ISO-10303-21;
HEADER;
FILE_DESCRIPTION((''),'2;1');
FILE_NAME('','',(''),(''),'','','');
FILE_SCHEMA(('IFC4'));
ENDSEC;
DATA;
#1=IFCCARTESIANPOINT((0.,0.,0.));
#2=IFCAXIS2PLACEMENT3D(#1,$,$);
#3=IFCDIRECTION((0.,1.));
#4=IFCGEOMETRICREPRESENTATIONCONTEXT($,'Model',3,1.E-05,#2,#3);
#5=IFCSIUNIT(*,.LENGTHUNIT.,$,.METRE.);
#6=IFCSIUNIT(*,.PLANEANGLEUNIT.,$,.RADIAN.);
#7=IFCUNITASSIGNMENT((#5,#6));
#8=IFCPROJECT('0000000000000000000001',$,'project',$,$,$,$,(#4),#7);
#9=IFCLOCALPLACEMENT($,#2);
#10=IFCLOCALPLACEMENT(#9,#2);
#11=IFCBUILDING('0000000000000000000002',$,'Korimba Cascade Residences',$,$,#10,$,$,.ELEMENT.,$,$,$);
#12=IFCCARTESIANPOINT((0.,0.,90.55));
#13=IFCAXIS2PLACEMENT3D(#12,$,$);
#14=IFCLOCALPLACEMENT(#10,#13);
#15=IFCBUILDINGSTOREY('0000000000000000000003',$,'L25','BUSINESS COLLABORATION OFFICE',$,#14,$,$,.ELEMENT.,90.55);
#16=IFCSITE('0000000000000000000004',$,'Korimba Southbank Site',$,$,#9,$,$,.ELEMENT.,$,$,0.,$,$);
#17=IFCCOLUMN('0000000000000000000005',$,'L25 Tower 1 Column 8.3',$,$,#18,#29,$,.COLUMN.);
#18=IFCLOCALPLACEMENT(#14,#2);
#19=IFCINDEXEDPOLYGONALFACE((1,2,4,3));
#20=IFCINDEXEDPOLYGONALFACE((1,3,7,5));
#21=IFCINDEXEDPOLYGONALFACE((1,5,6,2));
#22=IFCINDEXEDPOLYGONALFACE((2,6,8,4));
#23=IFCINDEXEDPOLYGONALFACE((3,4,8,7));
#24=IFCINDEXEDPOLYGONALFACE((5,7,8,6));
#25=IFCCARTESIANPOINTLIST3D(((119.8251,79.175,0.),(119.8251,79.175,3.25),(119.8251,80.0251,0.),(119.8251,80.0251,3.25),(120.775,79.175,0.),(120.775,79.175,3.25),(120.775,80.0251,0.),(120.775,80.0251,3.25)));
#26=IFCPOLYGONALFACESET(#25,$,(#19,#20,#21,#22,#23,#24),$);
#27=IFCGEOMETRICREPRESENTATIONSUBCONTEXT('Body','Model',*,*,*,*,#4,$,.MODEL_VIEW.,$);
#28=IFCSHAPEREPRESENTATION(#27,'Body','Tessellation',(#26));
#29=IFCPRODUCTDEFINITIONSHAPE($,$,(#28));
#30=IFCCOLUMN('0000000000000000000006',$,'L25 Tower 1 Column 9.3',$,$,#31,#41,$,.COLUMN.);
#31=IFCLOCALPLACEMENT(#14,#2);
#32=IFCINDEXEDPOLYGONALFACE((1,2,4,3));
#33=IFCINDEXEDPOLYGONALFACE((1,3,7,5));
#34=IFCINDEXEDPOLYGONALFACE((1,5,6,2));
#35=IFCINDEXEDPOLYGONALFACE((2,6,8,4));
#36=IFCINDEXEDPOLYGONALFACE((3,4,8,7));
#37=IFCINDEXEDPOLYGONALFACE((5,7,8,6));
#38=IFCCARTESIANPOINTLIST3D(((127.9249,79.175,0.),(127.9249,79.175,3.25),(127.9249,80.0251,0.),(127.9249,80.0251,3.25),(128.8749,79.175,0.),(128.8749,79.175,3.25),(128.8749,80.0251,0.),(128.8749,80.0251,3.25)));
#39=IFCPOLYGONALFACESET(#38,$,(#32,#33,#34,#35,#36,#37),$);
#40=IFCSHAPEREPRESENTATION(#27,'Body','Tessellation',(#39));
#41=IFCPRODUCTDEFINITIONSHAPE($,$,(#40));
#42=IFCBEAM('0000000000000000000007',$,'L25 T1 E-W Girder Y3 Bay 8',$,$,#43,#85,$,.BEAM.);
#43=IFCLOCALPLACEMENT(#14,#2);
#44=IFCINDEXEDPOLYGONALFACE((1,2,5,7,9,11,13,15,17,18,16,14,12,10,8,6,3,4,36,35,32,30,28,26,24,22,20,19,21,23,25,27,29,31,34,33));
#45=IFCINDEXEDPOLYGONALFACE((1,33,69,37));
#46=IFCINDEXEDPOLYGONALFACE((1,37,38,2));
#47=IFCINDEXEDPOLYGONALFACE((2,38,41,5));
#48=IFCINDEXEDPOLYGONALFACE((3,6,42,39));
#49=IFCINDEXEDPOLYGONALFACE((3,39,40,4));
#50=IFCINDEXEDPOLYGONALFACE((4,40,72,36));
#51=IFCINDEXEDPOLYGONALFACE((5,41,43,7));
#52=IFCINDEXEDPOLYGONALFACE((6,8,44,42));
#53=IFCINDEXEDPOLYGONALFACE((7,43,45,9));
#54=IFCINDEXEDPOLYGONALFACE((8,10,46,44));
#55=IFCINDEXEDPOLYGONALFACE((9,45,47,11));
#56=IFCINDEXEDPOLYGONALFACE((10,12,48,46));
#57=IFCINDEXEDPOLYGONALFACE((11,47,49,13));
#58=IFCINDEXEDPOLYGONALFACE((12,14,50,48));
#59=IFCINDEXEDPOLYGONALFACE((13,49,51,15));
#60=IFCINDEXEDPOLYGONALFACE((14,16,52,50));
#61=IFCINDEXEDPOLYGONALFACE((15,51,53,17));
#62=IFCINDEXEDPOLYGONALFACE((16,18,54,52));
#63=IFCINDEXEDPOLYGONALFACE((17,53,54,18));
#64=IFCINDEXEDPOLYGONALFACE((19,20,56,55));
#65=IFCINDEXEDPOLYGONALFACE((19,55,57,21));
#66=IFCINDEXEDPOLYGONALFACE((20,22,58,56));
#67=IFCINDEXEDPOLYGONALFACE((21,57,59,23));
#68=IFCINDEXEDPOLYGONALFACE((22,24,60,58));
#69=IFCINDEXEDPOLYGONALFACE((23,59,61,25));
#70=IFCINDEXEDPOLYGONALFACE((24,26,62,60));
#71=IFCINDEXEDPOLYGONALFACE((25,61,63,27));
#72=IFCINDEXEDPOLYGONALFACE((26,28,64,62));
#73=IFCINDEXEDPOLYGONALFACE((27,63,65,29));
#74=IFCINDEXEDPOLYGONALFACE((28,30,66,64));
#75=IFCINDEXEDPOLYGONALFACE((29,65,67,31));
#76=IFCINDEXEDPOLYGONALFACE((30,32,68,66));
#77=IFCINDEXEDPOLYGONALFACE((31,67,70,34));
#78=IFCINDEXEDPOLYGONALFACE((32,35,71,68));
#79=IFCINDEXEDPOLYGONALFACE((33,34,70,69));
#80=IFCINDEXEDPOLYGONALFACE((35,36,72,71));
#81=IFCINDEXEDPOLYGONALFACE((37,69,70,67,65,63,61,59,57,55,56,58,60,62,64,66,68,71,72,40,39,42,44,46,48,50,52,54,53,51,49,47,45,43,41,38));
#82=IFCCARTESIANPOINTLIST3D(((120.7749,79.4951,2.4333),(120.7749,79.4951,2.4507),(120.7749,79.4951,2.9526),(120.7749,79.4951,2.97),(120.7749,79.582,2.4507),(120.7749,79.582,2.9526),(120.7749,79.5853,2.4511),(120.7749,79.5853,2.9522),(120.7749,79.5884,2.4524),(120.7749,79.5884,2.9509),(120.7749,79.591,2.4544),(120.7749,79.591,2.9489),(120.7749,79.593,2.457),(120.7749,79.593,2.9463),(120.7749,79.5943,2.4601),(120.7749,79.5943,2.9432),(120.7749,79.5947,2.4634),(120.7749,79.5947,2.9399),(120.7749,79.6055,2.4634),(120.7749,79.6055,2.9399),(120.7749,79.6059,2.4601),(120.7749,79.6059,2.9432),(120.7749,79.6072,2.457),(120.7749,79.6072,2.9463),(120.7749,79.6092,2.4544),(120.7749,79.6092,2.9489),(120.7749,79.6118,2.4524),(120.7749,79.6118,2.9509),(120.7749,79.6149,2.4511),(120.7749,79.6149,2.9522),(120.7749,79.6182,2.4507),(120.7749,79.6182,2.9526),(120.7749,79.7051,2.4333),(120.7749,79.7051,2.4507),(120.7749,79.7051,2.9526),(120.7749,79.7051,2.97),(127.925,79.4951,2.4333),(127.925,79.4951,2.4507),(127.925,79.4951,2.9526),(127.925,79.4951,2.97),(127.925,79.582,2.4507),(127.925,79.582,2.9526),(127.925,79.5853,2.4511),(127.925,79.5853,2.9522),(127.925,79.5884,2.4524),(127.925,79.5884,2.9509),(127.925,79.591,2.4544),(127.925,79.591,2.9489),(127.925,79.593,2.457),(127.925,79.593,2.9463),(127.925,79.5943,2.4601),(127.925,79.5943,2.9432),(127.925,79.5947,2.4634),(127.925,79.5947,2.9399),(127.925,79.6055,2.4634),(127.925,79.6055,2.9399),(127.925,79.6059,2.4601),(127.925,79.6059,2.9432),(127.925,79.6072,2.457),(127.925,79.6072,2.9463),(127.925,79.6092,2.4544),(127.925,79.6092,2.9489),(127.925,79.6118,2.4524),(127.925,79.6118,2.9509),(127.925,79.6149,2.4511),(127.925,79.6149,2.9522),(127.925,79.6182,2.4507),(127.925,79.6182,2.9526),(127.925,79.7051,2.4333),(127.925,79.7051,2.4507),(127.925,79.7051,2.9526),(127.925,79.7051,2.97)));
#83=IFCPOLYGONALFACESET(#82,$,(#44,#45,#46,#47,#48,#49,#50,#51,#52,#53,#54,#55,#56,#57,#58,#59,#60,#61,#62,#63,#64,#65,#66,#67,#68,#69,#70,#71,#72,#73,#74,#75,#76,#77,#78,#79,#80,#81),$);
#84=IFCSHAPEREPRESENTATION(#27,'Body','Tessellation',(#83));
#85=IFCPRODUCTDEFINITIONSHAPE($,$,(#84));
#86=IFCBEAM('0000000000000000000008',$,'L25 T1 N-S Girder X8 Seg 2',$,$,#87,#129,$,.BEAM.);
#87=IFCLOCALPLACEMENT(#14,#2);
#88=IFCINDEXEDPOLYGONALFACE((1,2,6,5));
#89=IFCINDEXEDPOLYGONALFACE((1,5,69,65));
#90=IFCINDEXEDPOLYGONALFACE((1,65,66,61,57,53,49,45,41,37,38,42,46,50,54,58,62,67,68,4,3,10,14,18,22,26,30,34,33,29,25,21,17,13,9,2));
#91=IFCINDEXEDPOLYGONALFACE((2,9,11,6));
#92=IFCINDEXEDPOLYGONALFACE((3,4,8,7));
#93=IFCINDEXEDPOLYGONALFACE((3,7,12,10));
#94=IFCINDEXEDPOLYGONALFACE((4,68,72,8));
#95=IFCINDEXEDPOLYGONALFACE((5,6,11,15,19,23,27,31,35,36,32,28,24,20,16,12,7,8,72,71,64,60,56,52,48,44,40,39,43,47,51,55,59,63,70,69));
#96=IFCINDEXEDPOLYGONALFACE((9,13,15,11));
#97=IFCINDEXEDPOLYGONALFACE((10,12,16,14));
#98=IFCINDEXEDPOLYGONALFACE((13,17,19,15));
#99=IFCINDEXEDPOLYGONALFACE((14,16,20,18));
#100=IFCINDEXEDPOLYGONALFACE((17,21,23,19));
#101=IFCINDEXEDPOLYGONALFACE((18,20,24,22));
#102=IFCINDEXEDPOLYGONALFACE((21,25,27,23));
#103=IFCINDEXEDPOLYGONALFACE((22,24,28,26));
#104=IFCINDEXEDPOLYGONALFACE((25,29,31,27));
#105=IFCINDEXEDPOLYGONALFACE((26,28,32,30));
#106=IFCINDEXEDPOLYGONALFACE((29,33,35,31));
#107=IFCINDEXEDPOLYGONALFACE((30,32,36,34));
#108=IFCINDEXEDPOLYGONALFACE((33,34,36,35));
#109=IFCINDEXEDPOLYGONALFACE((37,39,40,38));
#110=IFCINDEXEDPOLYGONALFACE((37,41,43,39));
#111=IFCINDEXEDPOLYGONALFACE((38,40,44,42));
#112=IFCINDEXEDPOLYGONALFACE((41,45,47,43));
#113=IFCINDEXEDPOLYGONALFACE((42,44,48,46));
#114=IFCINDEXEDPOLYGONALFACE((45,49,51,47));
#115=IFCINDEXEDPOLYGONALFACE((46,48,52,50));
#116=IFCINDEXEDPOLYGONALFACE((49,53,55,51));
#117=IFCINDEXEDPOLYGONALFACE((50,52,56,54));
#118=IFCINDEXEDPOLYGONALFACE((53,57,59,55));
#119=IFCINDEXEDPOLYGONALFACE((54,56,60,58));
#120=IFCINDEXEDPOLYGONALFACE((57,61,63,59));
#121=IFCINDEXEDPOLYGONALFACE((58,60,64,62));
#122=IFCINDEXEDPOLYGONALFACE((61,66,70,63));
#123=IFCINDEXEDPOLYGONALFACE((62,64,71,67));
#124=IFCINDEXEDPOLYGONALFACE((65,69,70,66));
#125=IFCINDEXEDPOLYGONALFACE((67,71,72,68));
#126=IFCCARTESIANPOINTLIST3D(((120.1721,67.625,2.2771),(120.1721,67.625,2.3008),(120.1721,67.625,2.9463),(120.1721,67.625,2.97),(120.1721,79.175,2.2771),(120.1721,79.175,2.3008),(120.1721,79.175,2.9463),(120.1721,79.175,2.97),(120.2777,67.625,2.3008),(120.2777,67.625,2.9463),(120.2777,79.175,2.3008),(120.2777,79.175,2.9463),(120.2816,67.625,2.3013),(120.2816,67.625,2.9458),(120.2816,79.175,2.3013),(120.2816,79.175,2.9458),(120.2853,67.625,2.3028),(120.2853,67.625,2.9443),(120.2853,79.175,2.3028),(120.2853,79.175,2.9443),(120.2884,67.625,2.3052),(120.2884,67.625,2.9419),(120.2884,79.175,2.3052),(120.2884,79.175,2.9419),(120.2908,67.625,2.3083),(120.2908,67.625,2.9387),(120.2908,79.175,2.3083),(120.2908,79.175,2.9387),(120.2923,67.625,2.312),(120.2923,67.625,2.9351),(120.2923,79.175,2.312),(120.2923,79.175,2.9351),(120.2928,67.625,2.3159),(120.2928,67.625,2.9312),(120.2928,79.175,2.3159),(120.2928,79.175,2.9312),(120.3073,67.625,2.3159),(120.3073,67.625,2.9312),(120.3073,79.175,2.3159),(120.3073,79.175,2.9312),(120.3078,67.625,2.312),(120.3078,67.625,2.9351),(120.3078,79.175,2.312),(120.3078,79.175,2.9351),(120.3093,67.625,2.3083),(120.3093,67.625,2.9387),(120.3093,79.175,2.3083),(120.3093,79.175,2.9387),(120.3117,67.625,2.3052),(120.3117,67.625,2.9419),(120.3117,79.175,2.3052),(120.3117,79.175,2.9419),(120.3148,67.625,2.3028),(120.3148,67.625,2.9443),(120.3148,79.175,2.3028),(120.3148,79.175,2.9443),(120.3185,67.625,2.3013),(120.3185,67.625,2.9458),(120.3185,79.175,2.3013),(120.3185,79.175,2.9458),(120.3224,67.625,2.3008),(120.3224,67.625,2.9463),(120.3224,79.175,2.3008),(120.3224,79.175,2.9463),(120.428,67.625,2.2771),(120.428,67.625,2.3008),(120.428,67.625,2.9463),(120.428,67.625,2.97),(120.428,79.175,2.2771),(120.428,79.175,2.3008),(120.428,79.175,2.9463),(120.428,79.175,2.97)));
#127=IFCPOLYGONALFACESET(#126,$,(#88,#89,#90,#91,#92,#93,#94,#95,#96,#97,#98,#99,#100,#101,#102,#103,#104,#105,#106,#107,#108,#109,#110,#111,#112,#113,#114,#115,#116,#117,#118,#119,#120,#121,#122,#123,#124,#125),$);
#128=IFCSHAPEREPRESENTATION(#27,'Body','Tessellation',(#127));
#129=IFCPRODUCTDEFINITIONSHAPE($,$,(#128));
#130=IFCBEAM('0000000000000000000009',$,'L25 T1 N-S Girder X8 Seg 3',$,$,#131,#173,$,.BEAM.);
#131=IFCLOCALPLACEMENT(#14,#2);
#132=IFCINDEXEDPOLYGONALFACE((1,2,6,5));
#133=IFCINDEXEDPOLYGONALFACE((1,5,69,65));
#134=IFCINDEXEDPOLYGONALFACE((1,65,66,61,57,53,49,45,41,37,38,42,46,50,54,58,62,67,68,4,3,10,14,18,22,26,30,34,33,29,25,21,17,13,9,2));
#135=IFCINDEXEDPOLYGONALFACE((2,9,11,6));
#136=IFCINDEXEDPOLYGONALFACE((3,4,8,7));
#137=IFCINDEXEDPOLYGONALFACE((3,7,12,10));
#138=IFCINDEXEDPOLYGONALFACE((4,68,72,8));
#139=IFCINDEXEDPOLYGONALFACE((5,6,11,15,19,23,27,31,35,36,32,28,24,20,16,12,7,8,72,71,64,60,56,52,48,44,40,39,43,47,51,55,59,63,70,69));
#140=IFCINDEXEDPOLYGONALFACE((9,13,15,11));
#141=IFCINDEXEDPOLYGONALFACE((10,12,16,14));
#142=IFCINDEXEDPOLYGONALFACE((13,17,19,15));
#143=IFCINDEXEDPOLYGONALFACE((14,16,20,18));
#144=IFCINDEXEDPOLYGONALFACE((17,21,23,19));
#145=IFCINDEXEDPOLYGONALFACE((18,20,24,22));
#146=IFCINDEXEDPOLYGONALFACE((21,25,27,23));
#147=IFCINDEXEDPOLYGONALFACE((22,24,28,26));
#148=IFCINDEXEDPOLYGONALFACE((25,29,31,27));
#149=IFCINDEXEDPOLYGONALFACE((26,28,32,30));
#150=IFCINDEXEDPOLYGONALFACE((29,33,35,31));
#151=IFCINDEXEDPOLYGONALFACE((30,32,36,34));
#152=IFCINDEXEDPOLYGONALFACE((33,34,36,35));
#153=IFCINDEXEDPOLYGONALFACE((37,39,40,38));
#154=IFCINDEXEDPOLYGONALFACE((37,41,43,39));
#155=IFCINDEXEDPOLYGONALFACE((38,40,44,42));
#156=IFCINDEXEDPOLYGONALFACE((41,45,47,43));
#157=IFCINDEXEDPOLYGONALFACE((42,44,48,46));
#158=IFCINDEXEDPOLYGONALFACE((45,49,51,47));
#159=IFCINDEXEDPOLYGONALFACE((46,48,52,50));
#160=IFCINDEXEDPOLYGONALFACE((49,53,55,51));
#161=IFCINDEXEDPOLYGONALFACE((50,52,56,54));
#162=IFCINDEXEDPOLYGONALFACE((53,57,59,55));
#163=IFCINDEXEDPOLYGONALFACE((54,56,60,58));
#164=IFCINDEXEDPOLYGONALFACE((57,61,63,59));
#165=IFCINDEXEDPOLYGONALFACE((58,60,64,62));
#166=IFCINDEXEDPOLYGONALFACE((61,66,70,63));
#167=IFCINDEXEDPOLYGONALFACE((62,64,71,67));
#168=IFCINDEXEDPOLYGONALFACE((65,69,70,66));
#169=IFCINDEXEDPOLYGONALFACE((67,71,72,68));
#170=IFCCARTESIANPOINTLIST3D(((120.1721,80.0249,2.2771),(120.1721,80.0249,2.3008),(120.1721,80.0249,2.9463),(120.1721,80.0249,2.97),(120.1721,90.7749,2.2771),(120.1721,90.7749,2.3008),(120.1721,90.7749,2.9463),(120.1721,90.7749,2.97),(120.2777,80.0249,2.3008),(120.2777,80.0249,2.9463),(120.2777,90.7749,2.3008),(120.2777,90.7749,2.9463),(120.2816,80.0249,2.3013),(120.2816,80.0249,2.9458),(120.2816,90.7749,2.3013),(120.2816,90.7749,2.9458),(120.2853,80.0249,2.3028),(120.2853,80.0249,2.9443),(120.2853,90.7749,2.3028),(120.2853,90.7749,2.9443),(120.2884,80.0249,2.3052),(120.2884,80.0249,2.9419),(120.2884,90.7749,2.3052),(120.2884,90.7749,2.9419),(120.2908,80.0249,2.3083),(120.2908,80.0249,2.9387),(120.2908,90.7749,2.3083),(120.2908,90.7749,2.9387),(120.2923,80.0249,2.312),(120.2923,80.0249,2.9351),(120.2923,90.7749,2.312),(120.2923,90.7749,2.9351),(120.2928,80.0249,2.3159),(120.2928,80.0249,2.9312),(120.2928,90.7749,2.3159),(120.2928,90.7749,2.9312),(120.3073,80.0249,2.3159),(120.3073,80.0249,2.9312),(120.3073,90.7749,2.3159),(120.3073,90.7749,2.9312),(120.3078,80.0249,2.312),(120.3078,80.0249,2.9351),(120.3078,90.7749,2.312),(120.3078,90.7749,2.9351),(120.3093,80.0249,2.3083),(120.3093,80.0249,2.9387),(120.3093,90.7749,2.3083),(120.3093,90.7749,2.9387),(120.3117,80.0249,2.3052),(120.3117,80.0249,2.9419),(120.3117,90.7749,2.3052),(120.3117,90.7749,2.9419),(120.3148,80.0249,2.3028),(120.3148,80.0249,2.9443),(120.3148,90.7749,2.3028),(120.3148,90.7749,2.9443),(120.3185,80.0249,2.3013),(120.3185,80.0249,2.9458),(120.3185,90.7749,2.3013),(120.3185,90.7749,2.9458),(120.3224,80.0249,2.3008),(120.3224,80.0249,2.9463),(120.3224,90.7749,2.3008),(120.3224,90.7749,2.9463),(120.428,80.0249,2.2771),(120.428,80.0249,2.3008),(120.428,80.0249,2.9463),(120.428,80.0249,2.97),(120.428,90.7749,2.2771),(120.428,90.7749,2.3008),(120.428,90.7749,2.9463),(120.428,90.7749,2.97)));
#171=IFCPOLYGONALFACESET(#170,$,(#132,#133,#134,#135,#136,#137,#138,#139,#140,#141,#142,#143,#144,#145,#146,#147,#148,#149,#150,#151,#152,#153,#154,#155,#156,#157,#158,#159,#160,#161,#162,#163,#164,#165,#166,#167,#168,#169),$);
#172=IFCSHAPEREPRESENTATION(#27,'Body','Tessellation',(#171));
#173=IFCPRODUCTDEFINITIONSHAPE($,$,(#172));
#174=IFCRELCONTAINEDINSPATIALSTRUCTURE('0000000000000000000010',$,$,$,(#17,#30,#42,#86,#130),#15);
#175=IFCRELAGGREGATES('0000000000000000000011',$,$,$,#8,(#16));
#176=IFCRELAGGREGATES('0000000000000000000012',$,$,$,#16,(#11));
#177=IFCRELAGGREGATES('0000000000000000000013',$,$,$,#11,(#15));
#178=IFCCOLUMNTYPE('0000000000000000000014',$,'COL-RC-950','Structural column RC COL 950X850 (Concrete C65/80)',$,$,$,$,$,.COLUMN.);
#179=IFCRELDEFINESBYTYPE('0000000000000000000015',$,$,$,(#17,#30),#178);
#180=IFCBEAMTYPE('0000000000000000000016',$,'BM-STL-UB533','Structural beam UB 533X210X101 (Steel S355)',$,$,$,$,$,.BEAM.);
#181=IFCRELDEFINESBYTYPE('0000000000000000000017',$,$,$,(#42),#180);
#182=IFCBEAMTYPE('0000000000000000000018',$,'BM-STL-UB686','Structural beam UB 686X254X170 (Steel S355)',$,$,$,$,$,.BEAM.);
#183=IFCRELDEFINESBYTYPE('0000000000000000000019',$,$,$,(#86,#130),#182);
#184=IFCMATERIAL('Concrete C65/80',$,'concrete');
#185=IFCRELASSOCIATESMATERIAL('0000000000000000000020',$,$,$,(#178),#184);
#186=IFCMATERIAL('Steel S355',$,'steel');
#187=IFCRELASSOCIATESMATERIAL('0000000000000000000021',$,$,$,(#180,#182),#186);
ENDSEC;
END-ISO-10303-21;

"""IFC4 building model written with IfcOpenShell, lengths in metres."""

from ifc_helpers import new_model, si_unit, direction, frame, origin, origin_2d, place, context, subcontext, project, spatial, rectangle, i_section, extrude, material, material_profile, profile_set, type_object, element, save


model = new_model("IFC4")

# Units and contexts
model_context = context("Model", 3, precision=1e-05, world=origin(), true_north=direction((0.0, 1.0)))
body_context = subcontext(model_context, "Body", "Model", "MODEL_VIEW")
ifc_project = project(units=[si_unit("LENGTHUNIT", "METRE"), si_unit("PLANEANGLEUNIT", "RADIAN")], contexts=[model_context])

# Site, building, storey
site_placement = place(None, origin())
site = spatial("IfcSite", under=ifc_project, at=site_placement, Name="Korimba Southbank Site", CompositionType="ELEMENT", RefElevation=0.0)
building_placement = place(site_placement, origin())
building = spatial("IfcBuilding", under=site, at=building_placement, Name="Korimba Cascade Residences", CompositionType="ELEMENT")
storey_placement = place(building_placement, frame((0.0, 0.0, 90.55)))
storey = spatial("IfcBuildingStorey", under=building, at=storey_placement, Name="L25", Description="BUSINESS COLLABORATION OFFICE", CompositionType="ELEMENT", Elevation=90.55)

# Columns
ifc_material_1 = material(Name="Concrete C65/80", Category="concrete")
ifc_material_profile_1 = material_profile(ifc_material_1, rectangle(XDim=0.95, YDim=0.8501, at=origin_2d()), Name="Concrete C65/80")
ifc_profile_set_1 = profile_set([ifc_material_profile_1], Name="Concrete C65/80")
column_type = type_object("IfcColumnType", Name="COL-RC-950", Description="Structural column RC COL 950X850 (Concrete C65/80)", PredefinedType="COLUMN", material=ifc_profile_set_1)
for number, where, z_axis, x_axis, name in (
    (1, (120.3, 79.6001, 0.0), (0.0, 0.0, 1.0), (1.0, 0.0, 0.0), "L25 Tower 1 Column 8.3"),
    (2, (128.3999, 79.6001, 0.0), (0.0, 0.0, 1.0), (1.0, 0.0, 0.0), "L25 Tower 1 Column 9.3"),
):
    element("IfcColumn", number, at=place(storey_placement, frame(where, z_axis=z_axis, x_axis=x_axis)), inside=storey, type_object=column_type, Name=name, PredefinedType="COLUMN", context=body_context, shape_type="SweptSolid", body=[
        extrude(rectangle(XDim=0.95, YDim=0.8501, at=origin_2d()), origin(), (0.0, 0.0, 1.0), 3.25),
    ])

# Beams
ifc_material_2 = material(Name="Steel S355", Category="steel")
ifc_material_profile_2 = material_profile(ifc_material_2, i_section(OverallWidth=0.21, OverallDepth=0.5366, WebThickness=0.0107, FlangeThickness=0.0173, FilletRadius=0.0127, at=origin_2d()), Name="Steel S355")
ifc_profile_set_2 = profile_set([ifc_material_profile_2], Name="Steel S355")
beam_type_1 = type_object("IfcBeamType", Name="BM-STL-UB533", Description="Structural beam UB 533X210X101 (Steel S355)", PredefinedType="BEAM", material=ifc_profile_set_2)
beam_1_placement = place(storey_placement, frame((120.7749, 79.6001, 2.7017), z_axis=(1.0, 0.0, 0.0), x_axis=(0.0, 1.0, 0.0)))
element("IfcBeam", 3, at=beam_1_placement, inside=storey, type_object=beam_type_1, Name="L25 T1 E-W Girder Y3 Bay 8", PredefinedType="BEAM", context=body_context, shape_type="SweptSolid", body=[
    extrude(i_section(OverallWidth=0.21, OverallDepth=0.5366, WebThickness=0.0107, FlangeThickness=0.0173, FilletRadius=0.0127, at=origin_2d()), origin(), (0.0, 0.0, 1.0), 7.1501),
])
ifc_material_profile_3 = material_profile(ifc_material_2, i_section(OverallWidth=0.2559, OverallDepth=0.6929, WebThickness=0.0144, FlangeThickness=0.0237, FilletRadius=0.0151, at=origin_2d()), Name="Steel S355")
ifc_profile_set_3 = profile_set([ifc_material_profile_3], Name="Steel S355")
beam_type_2 = type_object("IfcBeamType", Name="BM-STL-UB686", Description="Structural beam UB 686X254X170 (Steel S355)", PredefinedType="BEAM", material=ifc_profile_set_3)
beam_2_placement = place(storey_placement, frame((120.3, 67.625, 2.6235), z_axis=(0.0, 1.0, 0.0), x_axis=(-1.0, 0.0, 0.0)))
element("IfcBeam", 4, at=beam_2_placement, inside=storey, type_object=beam_type_2, Name="L25 T1 N-S Girder X8 Seg 2", PredefinedType="BEAM", context=body_context, shape_type="SweptSolid", body=[
    extrude(i_section(OverallWidth=0.2559, OverallDepth=0.6929, WebThickness=0.0144, FlangeThickness=0.0237, FilletRadius=0.0151, at=origin_2d()), origin(), (0.0, 0.0, 1.0), 11.55),
])
beam_3_placement = place(storey_placement, frame((120.3, 80.0249, 2.6235), z_axis=(0.0, 1.0, 0.0), x_axis=(-1.0, 0.0, 0.0)))
element("IfcBeam", 5, at=beam_3_placement, inside=storey, type_object=beam_type_2, Name="L25 T1 N-S Girder X8 Seg 3", PredefinedType="BEAM", context=body_context, shape_type="SweptSolid", body=[
    extrude(i_section(OverallWidth=0.2559, OverallDepth=0.6929, WebThickness=0.0144, FlangeThickness=0.0237, FilletRadius=0.0151, at=origin_2d()), origin(), (0.0, 0.0, 1.0), 10.75),
])

save(model, "model.ifc")
